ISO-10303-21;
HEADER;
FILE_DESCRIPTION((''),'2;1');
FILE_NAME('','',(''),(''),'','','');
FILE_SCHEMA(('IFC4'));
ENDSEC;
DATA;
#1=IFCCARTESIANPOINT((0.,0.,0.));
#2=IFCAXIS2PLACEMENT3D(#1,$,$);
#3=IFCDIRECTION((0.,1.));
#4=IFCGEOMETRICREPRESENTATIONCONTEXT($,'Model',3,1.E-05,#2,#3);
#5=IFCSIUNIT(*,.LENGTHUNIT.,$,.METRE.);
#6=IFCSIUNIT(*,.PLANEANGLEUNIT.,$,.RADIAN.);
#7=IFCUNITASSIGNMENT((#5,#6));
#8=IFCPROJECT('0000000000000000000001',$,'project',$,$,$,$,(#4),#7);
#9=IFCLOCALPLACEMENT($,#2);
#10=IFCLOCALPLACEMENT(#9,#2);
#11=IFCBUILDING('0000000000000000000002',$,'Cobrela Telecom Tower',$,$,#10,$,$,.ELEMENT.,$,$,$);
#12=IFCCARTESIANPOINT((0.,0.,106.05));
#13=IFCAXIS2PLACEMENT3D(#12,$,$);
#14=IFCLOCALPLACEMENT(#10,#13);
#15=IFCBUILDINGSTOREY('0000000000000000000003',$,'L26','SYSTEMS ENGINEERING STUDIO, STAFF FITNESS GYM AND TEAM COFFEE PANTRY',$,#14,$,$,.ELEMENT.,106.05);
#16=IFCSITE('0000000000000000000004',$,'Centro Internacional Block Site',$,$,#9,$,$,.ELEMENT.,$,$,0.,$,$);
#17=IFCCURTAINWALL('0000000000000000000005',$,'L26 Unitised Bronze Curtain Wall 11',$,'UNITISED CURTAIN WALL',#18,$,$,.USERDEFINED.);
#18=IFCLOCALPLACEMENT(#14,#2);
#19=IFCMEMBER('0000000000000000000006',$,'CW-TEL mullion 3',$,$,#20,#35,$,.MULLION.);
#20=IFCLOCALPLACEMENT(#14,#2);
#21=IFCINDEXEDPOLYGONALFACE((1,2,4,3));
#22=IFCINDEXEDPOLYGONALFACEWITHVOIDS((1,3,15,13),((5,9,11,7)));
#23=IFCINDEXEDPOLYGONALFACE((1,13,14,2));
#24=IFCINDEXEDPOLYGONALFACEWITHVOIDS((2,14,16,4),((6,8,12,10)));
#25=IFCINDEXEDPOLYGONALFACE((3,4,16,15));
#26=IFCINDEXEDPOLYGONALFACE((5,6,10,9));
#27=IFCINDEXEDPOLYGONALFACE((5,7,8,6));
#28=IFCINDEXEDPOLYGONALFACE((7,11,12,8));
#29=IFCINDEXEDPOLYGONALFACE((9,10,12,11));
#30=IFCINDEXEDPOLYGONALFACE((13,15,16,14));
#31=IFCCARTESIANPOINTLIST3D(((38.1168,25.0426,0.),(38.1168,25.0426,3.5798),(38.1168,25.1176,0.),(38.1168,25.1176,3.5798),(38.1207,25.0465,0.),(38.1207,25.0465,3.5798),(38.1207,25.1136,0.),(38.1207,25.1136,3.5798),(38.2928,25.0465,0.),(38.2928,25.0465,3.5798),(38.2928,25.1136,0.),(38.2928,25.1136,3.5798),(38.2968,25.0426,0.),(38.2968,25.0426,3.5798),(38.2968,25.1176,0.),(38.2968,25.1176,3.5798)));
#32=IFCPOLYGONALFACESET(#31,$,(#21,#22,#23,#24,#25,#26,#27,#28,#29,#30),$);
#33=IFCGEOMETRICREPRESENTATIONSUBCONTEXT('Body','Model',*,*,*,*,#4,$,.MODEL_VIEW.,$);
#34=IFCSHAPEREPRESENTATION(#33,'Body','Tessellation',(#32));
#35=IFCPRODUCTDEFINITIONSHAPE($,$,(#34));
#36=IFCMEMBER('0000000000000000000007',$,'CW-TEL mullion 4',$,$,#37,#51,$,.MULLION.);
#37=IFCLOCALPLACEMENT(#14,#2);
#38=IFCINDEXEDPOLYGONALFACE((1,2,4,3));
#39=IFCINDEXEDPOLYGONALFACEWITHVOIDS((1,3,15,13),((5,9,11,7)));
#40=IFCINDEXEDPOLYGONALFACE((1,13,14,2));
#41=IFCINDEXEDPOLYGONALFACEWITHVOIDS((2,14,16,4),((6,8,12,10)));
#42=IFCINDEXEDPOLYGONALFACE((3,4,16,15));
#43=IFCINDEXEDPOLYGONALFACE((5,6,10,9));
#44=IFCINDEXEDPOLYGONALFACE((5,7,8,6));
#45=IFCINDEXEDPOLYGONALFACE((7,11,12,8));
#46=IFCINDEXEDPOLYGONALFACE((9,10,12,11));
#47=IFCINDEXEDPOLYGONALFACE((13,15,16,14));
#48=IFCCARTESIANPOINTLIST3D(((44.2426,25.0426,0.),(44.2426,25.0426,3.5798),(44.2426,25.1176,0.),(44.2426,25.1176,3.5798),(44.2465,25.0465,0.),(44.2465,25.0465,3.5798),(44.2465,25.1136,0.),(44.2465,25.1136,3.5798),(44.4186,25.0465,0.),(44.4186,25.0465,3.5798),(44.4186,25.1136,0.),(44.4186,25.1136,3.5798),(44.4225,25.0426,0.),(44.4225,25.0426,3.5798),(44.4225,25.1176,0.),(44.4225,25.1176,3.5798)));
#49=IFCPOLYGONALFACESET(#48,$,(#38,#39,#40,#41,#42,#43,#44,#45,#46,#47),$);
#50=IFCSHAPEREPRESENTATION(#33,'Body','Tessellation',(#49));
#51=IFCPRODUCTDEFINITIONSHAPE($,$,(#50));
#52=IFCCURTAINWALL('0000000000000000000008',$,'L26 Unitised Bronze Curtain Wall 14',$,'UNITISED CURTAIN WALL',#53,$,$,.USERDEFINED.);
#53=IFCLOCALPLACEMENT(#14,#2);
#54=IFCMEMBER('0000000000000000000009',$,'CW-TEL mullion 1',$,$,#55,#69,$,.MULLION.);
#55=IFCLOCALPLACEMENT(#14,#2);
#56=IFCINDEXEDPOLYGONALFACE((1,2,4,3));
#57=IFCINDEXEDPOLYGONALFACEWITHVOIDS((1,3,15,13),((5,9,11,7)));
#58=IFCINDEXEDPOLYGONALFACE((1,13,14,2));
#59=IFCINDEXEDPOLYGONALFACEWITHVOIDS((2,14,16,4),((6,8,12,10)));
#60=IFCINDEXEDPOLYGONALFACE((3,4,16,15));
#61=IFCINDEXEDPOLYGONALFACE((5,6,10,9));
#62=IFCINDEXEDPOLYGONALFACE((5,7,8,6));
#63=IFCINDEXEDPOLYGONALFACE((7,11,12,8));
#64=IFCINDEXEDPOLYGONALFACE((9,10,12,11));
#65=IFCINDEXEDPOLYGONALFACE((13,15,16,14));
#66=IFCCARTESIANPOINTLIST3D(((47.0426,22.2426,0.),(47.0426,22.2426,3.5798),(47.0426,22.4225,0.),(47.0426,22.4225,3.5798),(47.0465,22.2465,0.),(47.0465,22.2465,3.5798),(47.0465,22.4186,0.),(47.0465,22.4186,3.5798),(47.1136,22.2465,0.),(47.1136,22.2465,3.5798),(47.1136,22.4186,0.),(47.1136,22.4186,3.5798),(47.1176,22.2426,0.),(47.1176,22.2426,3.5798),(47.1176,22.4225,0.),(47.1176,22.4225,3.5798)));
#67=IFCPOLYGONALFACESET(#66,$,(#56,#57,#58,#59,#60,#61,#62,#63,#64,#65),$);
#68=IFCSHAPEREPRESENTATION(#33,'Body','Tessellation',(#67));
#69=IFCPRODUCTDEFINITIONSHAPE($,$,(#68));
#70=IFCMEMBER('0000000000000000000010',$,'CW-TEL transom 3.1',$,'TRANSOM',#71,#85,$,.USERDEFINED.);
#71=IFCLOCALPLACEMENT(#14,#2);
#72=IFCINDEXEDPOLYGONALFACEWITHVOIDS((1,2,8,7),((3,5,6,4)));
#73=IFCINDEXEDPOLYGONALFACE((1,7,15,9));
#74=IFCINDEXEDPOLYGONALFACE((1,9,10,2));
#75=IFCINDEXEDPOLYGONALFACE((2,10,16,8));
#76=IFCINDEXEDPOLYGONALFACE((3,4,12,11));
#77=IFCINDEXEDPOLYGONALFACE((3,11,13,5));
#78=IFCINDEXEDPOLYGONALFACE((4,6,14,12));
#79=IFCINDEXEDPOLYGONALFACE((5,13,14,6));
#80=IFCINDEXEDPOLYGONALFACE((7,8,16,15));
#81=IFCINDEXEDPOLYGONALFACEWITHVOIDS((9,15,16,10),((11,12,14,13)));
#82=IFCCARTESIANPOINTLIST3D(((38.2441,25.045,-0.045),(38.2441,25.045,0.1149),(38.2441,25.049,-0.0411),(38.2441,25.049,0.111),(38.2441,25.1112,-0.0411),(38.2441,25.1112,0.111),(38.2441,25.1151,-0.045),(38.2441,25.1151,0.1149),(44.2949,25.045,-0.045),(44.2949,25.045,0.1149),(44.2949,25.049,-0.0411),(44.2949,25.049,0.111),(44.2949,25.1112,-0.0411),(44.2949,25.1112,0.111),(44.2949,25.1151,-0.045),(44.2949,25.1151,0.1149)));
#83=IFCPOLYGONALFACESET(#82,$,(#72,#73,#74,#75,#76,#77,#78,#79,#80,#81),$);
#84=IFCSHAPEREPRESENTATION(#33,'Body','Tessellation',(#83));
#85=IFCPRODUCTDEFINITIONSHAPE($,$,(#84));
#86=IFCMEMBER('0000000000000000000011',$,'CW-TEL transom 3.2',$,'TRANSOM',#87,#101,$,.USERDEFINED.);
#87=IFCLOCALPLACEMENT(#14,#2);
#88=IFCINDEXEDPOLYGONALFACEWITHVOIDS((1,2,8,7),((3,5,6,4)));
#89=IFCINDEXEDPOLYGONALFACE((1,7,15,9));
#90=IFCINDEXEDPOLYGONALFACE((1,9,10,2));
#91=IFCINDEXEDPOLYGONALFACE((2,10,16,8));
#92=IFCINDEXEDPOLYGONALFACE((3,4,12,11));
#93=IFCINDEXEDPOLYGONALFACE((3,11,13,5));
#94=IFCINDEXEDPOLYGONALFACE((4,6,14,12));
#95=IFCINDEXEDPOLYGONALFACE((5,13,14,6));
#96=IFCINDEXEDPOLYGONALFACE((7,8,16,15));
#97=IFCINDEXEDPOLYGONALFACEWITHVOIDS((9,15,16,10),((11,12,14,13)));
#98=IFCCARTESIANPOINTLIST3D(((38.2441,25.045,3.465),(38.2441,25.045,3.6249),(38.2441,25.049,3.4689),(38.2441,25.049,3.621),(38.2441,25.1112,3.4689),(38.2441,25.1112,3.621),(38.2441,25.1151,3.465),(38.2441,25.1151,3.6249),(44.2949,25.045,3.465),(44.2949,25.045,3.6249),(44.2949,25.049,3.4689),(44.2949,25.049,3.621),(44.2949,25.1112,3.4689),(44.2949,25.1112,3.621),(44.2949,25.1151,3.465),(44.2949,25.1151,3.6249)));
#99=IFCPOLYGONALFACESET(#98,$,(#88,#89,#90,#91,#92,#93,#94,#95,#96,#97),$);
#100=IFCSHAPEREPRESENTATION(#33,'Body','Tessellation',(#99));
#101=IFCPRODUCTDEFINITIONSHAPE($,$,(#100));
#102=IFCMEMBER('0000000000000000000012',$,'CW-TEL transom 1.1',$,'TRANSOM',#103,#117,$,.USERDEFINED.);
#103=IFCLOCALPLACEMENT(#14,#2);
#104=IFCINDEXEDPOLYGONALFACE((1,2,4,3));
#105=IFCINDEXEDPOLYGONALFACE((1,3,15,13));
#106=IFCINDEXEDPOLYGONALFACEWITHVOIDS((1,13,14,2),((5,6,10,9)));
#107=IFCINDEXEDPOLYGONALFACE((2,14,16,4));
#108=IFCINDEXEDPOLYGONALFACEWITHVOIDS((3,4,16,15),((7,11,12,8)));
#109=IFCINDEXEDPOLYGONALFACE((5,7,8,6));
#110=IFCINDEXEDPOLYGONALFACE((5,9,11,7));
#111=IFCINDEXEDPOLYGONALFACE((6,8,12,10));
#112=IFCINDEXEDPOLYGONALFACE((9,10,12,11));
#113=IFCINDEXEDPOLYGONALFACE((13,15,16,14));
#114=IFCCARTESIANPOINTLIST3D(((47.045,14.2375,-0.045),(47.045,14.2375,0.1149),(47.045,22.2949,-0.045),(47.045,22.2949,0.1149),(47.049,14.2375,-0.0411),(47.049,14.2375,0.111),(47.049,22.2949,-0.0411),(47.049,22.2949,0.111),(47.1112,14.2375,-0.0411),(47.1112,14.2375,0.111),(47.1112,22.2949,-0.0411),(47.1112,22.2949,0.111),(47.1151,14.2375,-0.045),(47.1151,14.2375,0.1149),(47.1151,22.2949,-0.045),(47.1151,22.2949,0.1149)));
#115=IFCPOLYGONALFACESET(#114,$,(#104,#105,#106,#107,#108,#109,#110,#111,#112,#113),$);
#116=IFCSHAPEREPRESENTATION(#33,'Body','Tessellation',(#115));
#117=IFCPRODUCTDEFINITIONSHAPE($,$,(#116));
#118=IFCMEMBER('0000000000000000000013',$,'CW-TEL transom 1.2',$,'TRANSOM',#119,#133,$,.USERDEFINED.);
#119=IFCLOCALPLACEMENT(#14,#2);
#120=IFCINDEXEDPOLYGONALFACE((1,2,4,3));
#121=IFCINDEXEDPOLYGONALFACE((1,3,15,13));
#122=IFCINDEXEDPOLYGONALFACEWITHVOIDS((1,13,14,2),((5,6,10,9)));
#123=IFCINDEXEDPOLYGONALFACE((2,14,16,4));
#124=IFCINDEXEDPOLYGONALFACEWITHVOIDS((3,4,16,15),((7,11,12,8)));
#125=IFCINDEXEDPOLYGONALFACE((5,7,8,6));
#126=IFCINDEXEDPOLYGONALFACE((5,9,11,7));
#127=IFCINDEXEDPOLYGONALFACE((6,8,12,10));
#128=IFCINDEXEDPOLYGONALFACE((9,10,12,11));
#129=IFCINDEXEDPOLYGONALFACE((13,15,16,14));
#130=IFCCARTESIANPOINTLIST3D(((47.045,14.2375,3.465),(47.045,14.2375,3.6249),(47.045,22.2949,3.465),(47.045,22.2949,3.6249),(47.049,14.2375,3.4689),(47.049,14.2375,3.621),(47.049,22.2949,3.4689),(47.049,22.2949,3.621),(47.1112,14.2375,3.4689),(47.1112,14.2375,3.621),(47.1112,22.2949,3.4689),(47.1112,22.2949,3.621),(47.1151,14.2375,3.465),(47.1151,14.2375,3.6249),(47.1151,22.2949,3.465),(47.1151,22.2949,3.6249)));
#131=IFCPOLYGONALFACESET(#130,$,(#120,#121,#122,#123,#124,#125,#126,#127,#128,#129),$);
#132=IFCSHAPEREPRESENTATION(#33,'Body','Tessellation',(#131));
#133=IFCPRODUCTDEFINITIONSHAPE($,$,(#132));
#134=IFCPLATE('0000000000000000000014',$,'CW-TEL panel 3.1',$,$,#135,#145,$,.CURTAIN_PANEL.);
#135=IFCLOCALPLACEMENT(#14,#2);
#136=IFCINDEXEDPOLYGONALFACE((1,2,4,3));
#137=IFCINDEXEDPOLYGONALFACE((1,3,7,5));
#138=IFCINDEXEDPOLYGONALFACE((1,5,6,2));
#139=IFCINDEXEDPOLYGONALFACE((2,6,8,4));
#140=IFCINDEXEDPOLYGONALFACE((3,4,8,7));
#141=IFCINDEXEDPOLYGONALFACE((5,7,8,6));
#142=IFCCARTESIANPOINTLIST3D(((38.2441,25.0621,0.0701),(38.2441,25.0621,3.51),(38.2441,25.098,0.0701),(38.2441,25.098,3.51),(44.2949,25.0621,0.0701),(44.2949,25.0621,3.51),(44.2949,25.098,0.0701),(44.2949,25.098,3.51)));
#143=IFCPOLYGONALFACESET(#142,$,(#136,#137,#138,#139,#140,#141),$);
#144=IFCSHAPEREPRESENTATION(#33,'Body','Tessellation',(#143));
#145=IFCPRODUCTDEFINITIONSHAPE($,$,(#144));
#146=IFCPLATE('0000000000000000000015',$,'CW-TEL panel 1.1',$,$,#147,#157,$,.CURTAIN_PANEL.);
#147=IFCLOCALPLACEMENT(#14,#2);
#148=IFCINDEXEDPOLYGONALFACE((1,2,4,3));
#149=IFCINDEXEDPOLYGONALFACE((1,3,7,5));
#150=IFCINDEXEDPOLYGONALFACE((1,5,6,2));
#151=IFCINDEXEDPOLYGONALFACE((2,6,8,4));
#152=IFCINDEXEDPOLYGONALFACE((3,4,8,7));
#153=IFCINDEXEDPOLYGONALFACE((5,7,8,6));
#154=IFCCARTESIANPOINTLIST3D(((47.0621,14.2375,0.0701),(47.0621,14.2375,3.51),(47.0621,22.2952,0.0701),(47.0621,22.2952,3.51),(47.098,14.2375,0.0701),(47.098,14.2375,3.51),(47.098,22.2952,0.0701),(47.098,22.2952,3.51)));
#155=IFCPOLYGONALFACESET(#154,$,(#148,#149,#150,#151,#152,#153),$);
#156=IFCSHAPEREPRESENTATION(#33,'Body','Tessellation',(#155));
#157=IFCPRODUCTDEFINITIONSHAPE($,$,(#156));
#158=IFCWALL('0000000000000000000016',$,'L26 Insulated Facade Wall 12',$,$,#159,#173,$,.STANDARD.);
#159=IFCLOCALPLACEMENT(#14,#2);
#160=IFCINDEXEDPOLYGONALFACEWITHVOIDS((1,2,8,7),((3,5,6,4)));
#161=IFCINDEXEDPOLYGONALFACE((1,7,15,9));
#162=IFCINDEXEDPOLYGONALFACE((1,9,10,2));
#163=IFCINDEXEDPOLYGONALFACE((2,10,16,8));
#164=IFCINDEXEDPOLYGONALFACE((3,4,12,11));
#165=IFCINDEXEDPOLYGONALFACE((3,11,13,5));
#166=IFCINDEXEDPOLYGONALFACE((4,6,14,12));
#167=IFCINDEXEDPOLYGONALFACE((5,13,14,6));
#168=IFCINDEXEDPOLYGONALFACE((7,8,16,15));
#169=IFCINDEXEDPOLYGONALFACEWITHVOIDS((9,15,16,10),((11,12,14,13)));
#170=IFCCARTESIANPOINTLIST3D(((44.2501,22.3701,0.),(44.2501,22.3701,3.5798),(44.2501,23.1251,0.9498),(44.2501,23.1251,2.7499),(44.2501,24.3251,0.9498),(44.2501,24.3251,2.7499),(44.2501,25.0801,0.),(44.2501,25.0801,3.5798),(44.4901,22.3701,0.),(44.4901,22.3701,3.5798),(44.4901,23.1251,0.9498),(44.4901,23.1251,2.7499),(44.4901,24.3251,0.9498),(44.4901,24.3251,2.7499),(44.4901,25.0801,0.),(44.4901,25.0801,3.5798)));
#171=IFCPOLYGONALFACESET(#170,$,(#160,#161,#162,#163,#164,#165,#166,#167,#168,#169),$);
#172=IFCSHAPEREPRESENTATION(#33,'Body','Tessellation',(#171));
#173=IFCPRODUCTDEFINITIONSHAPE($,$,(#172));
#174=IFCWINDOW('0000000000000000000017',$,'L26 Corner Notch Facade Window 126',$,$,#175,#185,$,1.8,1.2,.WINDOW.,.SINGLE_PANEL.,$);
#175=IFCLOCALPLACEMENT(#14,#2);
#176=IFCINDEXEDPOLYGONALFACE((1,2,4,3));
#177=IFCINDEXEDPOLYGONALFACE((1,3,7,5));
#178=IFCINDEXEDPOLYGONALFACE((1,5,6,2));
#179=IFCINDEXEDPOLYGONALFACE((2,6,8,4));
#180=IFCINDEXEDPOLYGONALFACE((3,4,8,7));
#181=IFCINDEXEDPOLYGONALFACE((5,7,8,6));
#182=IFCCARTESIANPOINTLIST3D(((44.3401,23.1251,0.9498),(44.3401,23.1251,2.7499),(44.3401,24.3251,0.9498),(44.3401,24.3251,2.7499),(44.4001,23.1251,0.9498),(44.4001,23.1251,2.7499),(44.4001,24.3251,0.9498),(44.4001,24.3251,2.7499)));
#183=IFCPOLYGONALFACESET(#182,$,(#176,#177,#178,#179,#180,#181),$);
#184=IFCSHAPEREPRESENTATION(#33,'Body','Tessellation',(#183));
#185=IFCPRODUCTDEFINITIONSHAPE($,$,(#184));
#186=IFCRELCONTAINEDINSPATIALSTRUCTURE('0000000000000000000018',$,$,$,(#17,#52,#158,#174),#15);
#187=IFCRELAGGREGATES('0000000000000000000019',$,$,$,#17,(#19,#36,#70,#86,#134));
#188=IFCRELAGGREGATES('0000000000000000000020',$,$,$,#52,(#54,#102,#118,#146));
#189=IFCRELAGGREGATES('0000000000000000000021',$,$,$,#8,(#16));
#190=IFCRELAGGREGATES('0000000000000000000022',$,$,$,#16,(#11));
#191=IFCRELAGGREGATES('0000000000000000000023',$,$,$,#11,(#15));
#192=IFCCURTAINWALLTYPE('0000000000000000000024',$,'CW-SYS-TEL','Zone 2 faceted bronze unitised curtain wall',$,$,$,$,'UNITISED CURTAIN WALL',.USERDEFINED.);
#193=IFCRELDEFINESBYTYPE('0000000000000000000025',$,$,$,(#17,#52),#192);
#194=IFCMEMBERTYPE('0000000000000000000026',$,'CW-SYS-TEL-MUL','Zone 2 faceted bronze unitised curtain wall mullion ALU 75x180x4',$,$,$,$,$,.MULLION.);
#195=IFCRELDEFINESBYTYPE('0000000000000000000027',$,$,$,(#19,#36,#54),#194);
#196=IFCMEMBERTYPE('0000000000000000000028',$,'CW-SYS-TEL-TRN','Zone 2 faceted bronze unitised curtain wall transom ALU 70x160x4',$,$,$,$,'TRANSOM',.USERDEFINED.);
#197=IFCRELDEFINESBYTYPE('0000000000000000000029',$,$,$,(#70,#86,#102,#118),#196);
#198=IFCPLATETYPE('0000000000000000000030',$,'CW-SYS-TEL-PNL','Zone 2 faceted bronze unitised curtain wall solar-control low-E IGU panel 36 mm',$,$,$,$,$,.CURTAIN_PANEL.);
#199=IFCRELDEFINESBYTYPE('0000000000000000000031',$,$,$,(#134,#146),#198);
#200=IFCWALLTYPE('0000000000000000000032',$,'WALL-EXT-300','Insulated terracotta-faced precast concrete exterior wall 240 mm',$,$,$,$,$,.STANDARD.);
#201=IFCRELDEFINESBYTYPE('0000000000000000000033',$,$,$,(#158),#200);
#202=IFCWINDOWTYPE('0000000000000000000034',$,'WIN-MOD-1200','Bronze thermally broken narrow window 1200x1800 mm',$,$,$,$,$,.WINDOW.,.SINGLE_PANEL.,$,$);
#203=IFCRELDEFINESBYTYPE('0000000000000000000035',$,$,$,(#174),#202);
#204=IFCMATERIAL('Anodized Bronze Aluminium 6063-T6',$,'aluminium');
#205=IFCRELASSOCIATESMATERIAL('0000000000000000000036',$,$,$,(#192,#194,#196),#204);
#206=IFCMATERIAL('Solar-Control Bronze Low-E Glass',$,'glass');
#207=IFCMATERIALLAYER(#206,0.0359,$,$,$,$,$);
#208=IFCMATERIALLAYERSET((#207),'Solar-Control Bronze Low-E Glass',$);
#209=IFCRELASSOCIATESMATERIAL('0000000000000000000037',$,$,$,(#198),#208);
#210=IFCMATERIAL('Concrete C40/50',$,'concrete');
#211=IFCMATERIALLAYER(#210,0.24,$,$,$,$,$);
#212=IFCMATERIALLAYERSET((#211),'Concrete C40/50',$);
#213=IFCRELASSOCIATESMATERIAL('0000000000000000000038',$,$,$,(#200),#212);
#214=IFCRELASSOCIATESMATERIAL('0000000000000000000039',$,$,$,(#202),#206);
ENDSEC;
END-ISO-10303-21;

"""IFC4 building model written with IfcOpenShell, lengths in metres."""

from ifc_helpers import new_model, si_unit, direction, frame, frame_2d, origin, origin_2d, place, context, subcontext, project, spatial, rectangle, hollow_rectangle, extrude, material, layer, layer_set, material_profile, profile_set, type_object, element, fill, aggregate, save


model = new_model("IFC4")

# Units and contexts
model_context = context("Model", 3, precision=1e-05, world=origin(), true_north=direction((0.0, 1.0)))
body_context = subcontext(model_context, "Body", "Model", "MODEL_VIEW")
ifc_project = project(units=[si_unit("LENGTHUNIT", "METRE"), si_unit("PLANEANGLEUNIT", "RADIAN")], contexts=[model_context])

# Site, building, storey
site_placement = place(None, origin())
site = spatial("IfcSite", under=ifc_project, at=site_placement, Name="Centro Internacional Block Site", CompositionType="ELEMENT", RefElevation=0.0)
building_placement = place(site_placement, origin())
building = spatial("IfcBuilding", under=site, at=building_placement, Name="Cobrela Telecom Tower", CompositionType="ELEMENT")
storey_placement = place(building_placement, frame((0.0, 0.0, 106.05)))
storey = spatial("IfcBuildingStorey", under=building, at=storey_placement, Name="L26", Description="SYSTEMS ENGINEERING STUDIO, STAFF FITNESS GYM AND TEAM COFFEE PANTRY", CompositionType="ELEMENT", Elevation=106.05)

# Curtain wall, members
ifc_material_1 = material(Name="Anodized Bronze Aluminium 6063-T6", Category="aluminium")
curtain_wall_type = type_object("IfcCurtainWallType", Name="CW-SYS-TEL", Description="Zone 2 faceted bronze unitised curtain wall", ElementType="UNITISED CURTAIN WALL", PredefinedType="USERDEFINED", material=ifc_material_1)
curtain_wall_1_placement = place(storey_placement, origin())
curtain_wall_1 = element("IfcCurtainWall", 1, at=curtain_wall_1_placement, inside=storey, type_object=curtain_wall_type, Name="L26 Unitised Bronze Curtain Wall 11", ObjectType="UNITISED CURTAIN WALL", PredefinedType="USERDEFINED")
ifc_material_profile_1 = material_profile(ifc_material_1, hollow_rectangle(XDim=0.075, YDim=0.1799, WallThickness=0.0039, at=origin_2d()), Name="ALU 75x180x4")
ifc_profile_set_1 = profile_set([ifc_material_profile_1], Name="Anodized Bronze Aluminium 6063-T6")
member_type_1 = type_object("IfcMemberType", Name="CW-SYS-TEL-MUL", Description="Zone 2 faceted bronze unitised curtain wall mullion ALU 75x180x4", PredefinedType="MULLION", material=ifc_profile_set_1)
member_1_placement = place(storey_placement, frame((38.2068, 25.0801, 0.0), z_axis=(0.0, 0.0, 1.0), x_axis=(0.0, 1.0, 0.0)))
member_1 = element("IfcMember", 2, at=member_1_placement, type_object=member_type_1, Name="CW-TEL mullion 3", PredefinedType="MULLION", context=body_context, shape_type="SweptSolid", body=[
    extrude(hollow_rectangle(XDim=0.075, YDim=0.1799, WallThickness=0.0039, at=origin_2d()), origin(), (0.0, 0.0, 1.0), 3.5798),
])
member_2_placement = place(storey_placement, frame((44.3325, 25.0801, 0.0), z_axis=(0.0, 0.0, 1.0), x_axis=(0.0, 1.0, 0.0)))
member_2 = element("IfcMember", 3, at=member_2_placement, type_object=member_type_1, Name="CW-TEL mullion 4", PredefinedType="MULLION", context=body_context, shape_type="SweptSolid", body=[
    extrude(hollow_rectangle(XDim=0.075, YDim=0.1799, WallThickness=0.0039, at=origin_2d()), origin(), (0.0, 0.0, 1.0), 3.5798),
])

# Curtain wall, member
curtain_wall_2_placement = place(storey_placement, origin())
curtain_wall_2 = element("IfcCurtainWall", 4, at=curtain_wall_2_placement, inside=storey, type_object=curtain_wall_type, Name="L26 Unitised Bronze Curtain Wall 14", ObjectType="UNITISED CURTAIN WALL", PredefinedType="USERDEFINED")
member_3_placement = place(storey_placement, frame((47.0801, 22.3325, 0.0), z_axis=(0.0, 0.0, 1.0), x_axis=(1.0, 0.0, 0.0)))
member_3 = element("IfcMember", 5, at=member_3_placement, type_object=member_type_1, Name="CW-TEL mullion 1", PredefinedType="MULLION", context=body_context, shape_type="SweptSolid", body=[
    extrude(hollow_rectangle(XDim=0.075, YDim=0.1799, WallThickness=0.0039, at=origin_2d()), origin(), (0.0, 0.0, 1.0), 3.5798),
])

# Members
ifc_material_profile_2 = material_profile(ifc_material_1, hollow_rectangle(XDim=0.0701, YDim=0.1599, WallThickness=0.0039, at=origin_2d()), Name="ALU 70x160x4")
ifc_profile_set_2 = profile_set([ifc_material_profile_2], Name="Anodized Bronze Aluminium 6063-T6")
member_type_2 = type_object("IfcMemberType", Name="CW-SYS-TEL-TRN", Description="Zone 2 faceted bronze unitised curtain wall transom ALU 70x160x4", ElementType="TRANSOM", PredefinedType="USERDEFINED", material=ifc_profile_set_2)
member_4_placement = place(storey_placement, frame((38.2441, 25.0801, 0.0349), z_axis=(1.0, 0.0, 0.0), x_axis=(0.0, 1.0, 0.0)))
member_4 = element("IfcMember", 6, at=member_4_placement, type_object=member_type_2, Name="CW-TEL transom 3.1", ObjectType="TRANSOM", PredefinedType="USERDEFINED", context=body_context, shape_type="SweptSolid", body=[
    extrude(hollow_rectangle(XDim=0.0701, YDim=0.1599, WallThickness=0.0039, at=origin_2d()), origin(), (0.0, 0.0, 1.0), 6.0508),
])
member_5_placement = place(storey_placement, frame((38.2441, 25.0801, 3.5449), z_axis=(1.0, 0.0, 0.0), x_axis=(0.0, 1.0, 0.0)))
member_5 = element("IfcMember", 7, at=member_5_placement, type_object=member_type_2, Name="CW-TEL transom 3.2", ObjectType="TRANSOM", PredefinedType="USERDEFINED", context=body_context, shape_type="SweptSolid", body=[
    extrude(hollow_rectangle(XDim=0.0701, YDim=0.1599, WallThickness=0.0039, at=origin_2d()), origin(), (0.0, 0.0, 1.0), 6.0508),
])
member_6_placement = place(storey_placement, frame((47.0801, 22.2949, 0.0349), z_axis=(0.0, -1.0, 0.0), x_axis=(1.0, 0.0, 0.0)))
member_6 = element("IfcMember", 8, at=member_6_placement, type_object=member_type_2, Name="CW-TEL transom 1.1", ObjectType="TRANSOM", PredefinedType="USERDEFINED", context=body_context, shape_type="SweptSolid", body=[
    extrude(hollow_rectangle(XDim=0.0701, YDim=0.1599, WallThickness=0.0039, at=origin_2d()), origin(), (0.0, 0.0, 1.0), 8.0574),
])
member_7_placement = place(storey_placement, frame((47.0801, 22.2949, 3.5449), z_axis=(0.0, -1.0, 0.0), x_axis=(1.0, 0.0, 0.0)))
member_7 = element("IfcMember", 9, at=member_7_placement, type_object=member_type_2, Name="CW-TEL transom 1.2", ObjectType="TRANSOM", PredefinedType="USERDEFINED", context=body_context, shape_type="SweptSolid", body=[
    extrude(hollow_rectangle(XDim=0.0701, YDim=0.1599, WallThickness=0.0039, at=origin_2d()), origin(), (0.0, 0.0, 1.0), 8.0574),
])

# Plates
ifc_material_2 = material(Name="Solar-Control Bronze Low-E Glass", Category="glass")
ifc_layer_1 = layer(ifc_material_2, 0.0359)
ifc_layer_set_1 = layer_set([ifc_layer_1], Name="Solar-Control Bronze Low-E Glass")
plate_type = type_object("IfcPlateType", Name="CW-SYS-TEL-PNL", Description="Zone 2 faceted bronze unitised curtain wall solar-control low-E IGU panel 36 mm", PredefinedType="CURTAIN_PANEL", material=ifc_layer_set_1)
plate_1_placement = place(storey_placement, frame((41.2695, 25.0801, 0.0701), z_axis=(0.0, 0.0, 1.0), x_axis=(1.0, 0.0, 0.0)))
plate_1 = element("IfcPlate", 10, at=plate_1_placement, type_object=plate_type, Name="CW-TEL panel 3.1", PredefinedType="CURTAIN_PANEL", context=body_context, shape_type="SweptSolid", body=[
    extrude(rectangle(XDim=6.0508, YDim=0.0359, at=origin_2d()), origin(), (0.0, 0.0, 1.0), 3.4399),
])
aggregate(curtain_wall_1, [member_1, member_2, member_4, member_5, plate_1])
plate_2_placement = place(storey_placement, frame((47.0801, 18.2664, 0.0701), z_axis=(0.0, 0.0, 1.0), x_axis=(0.0, -1.0, 0.0)))
plate_2 = element("IfcPlate", 11, at=plate_2_placement, type_object=plate_type, Name="CW-TEL panel 1.1", PredefinedType="CURTAIN_PANEL", context=body_context, shape_type="SweptSolid", body=[
    extrude(rectangle(XDim=8.0576, YDim=0.0359, at=origin_2d()), origin(), (0.0, 0.0, 1.0), 3.4399),
])
aggregate(curtain_wall_2, [member_3, member_6, member_7, plate_2])

# Wall, opening, window
ifc_material_3 = material(Name="Concrete C40/50", Category="concrete")
ifc_layer_2 = layer(ifc_material_3, 0.24)
ifc_layer_set_2 = layer_set([ifc_layer_2], Name="Concrete C40/50")
wall_type = type_object("IfcWallType", Name="WALL-EXT-300", Description="Insulated terracotta-faced precast concrete exterior wall 240 mm", PredefinedType="STANDARD", material=ifc_layer_set_2)
wall_1_placement = place(storey_placement, frame((44.3701, 25.0801, 0.0), z_axis=(0.0, 0.0, 1.0), x_axis=(0.0, -1.0, 0.0)))
wall_1 = element("IfcWall", 12, at=wall_1_placement, inside=storey, type_object=wall_type, Name="L26 Insulated Facade Wall 12", PredefinedType="STANDARD", context=body_context, shape_type="SweptSolid", body=[
    extrude(rectangle(XDim=2.71, YDim=0.24, at=frame_2d((1.355, 0.0))), origin(), (0.0, 0.0, 1.0), 3.5798),
])
opening_1_placement = place(wall_1_placement, frame((0.7549, 0.0, 0.95)))
opening_1 = element("IfcOpeningElement", 13, at=opening_1_placement, cuts=wall_1, PredefinedType="OPENING", context=body_context, shape_type="SweptSolid", body=[
    extrude(rectangle(XDim=1.2, YDim=1.8, at=frame_2d((0.6001, 0.8999))), frame((0.0, 0.1318, 0.0), z_axis=(0.0, -1.0, 0.0), x_axis=(1.0, 0.0, 0.0)), (0.0, 0.0, 1.0), 0.2639),
])
window_type_1 = type_object("IfcWindowType", Name="WIN-MOD-1200", Description="Bronze thermally broken narrow window 1200x1800 mm", PartitioningType="SINGLE_PANEL", PredefinedType="WINDOW", material=ifc_material_2)
window_1_placement = place(opening_1_placement, origin())
window_1 = element("IfcWindow", 14, at=window_1_placement, inside=storey, type_object=window_type_1, Name="L26 Corner Notch Facade Window 126", OverallHeight=1.8, OverallWidth=1.2, PartitioningType="SINGLE_PANEL", PredefinedType="WINDOW", context=body_context, shape_type="SweptSolid", body=[
    extrude(rectangle(XDim=1.2, YDim=1.8, at=frame_2d((0.6001, 0.8999))), frame((0.0, 0.03, 0.0), z_axis=(0.0, -1.0, 0.0), x_axis=(1.0, 0.0, 0.0)), (0.0, 0.0, 1.0), 0.0601),
])
fill(opening_1, window_1)

save(model, "model.ifc")
